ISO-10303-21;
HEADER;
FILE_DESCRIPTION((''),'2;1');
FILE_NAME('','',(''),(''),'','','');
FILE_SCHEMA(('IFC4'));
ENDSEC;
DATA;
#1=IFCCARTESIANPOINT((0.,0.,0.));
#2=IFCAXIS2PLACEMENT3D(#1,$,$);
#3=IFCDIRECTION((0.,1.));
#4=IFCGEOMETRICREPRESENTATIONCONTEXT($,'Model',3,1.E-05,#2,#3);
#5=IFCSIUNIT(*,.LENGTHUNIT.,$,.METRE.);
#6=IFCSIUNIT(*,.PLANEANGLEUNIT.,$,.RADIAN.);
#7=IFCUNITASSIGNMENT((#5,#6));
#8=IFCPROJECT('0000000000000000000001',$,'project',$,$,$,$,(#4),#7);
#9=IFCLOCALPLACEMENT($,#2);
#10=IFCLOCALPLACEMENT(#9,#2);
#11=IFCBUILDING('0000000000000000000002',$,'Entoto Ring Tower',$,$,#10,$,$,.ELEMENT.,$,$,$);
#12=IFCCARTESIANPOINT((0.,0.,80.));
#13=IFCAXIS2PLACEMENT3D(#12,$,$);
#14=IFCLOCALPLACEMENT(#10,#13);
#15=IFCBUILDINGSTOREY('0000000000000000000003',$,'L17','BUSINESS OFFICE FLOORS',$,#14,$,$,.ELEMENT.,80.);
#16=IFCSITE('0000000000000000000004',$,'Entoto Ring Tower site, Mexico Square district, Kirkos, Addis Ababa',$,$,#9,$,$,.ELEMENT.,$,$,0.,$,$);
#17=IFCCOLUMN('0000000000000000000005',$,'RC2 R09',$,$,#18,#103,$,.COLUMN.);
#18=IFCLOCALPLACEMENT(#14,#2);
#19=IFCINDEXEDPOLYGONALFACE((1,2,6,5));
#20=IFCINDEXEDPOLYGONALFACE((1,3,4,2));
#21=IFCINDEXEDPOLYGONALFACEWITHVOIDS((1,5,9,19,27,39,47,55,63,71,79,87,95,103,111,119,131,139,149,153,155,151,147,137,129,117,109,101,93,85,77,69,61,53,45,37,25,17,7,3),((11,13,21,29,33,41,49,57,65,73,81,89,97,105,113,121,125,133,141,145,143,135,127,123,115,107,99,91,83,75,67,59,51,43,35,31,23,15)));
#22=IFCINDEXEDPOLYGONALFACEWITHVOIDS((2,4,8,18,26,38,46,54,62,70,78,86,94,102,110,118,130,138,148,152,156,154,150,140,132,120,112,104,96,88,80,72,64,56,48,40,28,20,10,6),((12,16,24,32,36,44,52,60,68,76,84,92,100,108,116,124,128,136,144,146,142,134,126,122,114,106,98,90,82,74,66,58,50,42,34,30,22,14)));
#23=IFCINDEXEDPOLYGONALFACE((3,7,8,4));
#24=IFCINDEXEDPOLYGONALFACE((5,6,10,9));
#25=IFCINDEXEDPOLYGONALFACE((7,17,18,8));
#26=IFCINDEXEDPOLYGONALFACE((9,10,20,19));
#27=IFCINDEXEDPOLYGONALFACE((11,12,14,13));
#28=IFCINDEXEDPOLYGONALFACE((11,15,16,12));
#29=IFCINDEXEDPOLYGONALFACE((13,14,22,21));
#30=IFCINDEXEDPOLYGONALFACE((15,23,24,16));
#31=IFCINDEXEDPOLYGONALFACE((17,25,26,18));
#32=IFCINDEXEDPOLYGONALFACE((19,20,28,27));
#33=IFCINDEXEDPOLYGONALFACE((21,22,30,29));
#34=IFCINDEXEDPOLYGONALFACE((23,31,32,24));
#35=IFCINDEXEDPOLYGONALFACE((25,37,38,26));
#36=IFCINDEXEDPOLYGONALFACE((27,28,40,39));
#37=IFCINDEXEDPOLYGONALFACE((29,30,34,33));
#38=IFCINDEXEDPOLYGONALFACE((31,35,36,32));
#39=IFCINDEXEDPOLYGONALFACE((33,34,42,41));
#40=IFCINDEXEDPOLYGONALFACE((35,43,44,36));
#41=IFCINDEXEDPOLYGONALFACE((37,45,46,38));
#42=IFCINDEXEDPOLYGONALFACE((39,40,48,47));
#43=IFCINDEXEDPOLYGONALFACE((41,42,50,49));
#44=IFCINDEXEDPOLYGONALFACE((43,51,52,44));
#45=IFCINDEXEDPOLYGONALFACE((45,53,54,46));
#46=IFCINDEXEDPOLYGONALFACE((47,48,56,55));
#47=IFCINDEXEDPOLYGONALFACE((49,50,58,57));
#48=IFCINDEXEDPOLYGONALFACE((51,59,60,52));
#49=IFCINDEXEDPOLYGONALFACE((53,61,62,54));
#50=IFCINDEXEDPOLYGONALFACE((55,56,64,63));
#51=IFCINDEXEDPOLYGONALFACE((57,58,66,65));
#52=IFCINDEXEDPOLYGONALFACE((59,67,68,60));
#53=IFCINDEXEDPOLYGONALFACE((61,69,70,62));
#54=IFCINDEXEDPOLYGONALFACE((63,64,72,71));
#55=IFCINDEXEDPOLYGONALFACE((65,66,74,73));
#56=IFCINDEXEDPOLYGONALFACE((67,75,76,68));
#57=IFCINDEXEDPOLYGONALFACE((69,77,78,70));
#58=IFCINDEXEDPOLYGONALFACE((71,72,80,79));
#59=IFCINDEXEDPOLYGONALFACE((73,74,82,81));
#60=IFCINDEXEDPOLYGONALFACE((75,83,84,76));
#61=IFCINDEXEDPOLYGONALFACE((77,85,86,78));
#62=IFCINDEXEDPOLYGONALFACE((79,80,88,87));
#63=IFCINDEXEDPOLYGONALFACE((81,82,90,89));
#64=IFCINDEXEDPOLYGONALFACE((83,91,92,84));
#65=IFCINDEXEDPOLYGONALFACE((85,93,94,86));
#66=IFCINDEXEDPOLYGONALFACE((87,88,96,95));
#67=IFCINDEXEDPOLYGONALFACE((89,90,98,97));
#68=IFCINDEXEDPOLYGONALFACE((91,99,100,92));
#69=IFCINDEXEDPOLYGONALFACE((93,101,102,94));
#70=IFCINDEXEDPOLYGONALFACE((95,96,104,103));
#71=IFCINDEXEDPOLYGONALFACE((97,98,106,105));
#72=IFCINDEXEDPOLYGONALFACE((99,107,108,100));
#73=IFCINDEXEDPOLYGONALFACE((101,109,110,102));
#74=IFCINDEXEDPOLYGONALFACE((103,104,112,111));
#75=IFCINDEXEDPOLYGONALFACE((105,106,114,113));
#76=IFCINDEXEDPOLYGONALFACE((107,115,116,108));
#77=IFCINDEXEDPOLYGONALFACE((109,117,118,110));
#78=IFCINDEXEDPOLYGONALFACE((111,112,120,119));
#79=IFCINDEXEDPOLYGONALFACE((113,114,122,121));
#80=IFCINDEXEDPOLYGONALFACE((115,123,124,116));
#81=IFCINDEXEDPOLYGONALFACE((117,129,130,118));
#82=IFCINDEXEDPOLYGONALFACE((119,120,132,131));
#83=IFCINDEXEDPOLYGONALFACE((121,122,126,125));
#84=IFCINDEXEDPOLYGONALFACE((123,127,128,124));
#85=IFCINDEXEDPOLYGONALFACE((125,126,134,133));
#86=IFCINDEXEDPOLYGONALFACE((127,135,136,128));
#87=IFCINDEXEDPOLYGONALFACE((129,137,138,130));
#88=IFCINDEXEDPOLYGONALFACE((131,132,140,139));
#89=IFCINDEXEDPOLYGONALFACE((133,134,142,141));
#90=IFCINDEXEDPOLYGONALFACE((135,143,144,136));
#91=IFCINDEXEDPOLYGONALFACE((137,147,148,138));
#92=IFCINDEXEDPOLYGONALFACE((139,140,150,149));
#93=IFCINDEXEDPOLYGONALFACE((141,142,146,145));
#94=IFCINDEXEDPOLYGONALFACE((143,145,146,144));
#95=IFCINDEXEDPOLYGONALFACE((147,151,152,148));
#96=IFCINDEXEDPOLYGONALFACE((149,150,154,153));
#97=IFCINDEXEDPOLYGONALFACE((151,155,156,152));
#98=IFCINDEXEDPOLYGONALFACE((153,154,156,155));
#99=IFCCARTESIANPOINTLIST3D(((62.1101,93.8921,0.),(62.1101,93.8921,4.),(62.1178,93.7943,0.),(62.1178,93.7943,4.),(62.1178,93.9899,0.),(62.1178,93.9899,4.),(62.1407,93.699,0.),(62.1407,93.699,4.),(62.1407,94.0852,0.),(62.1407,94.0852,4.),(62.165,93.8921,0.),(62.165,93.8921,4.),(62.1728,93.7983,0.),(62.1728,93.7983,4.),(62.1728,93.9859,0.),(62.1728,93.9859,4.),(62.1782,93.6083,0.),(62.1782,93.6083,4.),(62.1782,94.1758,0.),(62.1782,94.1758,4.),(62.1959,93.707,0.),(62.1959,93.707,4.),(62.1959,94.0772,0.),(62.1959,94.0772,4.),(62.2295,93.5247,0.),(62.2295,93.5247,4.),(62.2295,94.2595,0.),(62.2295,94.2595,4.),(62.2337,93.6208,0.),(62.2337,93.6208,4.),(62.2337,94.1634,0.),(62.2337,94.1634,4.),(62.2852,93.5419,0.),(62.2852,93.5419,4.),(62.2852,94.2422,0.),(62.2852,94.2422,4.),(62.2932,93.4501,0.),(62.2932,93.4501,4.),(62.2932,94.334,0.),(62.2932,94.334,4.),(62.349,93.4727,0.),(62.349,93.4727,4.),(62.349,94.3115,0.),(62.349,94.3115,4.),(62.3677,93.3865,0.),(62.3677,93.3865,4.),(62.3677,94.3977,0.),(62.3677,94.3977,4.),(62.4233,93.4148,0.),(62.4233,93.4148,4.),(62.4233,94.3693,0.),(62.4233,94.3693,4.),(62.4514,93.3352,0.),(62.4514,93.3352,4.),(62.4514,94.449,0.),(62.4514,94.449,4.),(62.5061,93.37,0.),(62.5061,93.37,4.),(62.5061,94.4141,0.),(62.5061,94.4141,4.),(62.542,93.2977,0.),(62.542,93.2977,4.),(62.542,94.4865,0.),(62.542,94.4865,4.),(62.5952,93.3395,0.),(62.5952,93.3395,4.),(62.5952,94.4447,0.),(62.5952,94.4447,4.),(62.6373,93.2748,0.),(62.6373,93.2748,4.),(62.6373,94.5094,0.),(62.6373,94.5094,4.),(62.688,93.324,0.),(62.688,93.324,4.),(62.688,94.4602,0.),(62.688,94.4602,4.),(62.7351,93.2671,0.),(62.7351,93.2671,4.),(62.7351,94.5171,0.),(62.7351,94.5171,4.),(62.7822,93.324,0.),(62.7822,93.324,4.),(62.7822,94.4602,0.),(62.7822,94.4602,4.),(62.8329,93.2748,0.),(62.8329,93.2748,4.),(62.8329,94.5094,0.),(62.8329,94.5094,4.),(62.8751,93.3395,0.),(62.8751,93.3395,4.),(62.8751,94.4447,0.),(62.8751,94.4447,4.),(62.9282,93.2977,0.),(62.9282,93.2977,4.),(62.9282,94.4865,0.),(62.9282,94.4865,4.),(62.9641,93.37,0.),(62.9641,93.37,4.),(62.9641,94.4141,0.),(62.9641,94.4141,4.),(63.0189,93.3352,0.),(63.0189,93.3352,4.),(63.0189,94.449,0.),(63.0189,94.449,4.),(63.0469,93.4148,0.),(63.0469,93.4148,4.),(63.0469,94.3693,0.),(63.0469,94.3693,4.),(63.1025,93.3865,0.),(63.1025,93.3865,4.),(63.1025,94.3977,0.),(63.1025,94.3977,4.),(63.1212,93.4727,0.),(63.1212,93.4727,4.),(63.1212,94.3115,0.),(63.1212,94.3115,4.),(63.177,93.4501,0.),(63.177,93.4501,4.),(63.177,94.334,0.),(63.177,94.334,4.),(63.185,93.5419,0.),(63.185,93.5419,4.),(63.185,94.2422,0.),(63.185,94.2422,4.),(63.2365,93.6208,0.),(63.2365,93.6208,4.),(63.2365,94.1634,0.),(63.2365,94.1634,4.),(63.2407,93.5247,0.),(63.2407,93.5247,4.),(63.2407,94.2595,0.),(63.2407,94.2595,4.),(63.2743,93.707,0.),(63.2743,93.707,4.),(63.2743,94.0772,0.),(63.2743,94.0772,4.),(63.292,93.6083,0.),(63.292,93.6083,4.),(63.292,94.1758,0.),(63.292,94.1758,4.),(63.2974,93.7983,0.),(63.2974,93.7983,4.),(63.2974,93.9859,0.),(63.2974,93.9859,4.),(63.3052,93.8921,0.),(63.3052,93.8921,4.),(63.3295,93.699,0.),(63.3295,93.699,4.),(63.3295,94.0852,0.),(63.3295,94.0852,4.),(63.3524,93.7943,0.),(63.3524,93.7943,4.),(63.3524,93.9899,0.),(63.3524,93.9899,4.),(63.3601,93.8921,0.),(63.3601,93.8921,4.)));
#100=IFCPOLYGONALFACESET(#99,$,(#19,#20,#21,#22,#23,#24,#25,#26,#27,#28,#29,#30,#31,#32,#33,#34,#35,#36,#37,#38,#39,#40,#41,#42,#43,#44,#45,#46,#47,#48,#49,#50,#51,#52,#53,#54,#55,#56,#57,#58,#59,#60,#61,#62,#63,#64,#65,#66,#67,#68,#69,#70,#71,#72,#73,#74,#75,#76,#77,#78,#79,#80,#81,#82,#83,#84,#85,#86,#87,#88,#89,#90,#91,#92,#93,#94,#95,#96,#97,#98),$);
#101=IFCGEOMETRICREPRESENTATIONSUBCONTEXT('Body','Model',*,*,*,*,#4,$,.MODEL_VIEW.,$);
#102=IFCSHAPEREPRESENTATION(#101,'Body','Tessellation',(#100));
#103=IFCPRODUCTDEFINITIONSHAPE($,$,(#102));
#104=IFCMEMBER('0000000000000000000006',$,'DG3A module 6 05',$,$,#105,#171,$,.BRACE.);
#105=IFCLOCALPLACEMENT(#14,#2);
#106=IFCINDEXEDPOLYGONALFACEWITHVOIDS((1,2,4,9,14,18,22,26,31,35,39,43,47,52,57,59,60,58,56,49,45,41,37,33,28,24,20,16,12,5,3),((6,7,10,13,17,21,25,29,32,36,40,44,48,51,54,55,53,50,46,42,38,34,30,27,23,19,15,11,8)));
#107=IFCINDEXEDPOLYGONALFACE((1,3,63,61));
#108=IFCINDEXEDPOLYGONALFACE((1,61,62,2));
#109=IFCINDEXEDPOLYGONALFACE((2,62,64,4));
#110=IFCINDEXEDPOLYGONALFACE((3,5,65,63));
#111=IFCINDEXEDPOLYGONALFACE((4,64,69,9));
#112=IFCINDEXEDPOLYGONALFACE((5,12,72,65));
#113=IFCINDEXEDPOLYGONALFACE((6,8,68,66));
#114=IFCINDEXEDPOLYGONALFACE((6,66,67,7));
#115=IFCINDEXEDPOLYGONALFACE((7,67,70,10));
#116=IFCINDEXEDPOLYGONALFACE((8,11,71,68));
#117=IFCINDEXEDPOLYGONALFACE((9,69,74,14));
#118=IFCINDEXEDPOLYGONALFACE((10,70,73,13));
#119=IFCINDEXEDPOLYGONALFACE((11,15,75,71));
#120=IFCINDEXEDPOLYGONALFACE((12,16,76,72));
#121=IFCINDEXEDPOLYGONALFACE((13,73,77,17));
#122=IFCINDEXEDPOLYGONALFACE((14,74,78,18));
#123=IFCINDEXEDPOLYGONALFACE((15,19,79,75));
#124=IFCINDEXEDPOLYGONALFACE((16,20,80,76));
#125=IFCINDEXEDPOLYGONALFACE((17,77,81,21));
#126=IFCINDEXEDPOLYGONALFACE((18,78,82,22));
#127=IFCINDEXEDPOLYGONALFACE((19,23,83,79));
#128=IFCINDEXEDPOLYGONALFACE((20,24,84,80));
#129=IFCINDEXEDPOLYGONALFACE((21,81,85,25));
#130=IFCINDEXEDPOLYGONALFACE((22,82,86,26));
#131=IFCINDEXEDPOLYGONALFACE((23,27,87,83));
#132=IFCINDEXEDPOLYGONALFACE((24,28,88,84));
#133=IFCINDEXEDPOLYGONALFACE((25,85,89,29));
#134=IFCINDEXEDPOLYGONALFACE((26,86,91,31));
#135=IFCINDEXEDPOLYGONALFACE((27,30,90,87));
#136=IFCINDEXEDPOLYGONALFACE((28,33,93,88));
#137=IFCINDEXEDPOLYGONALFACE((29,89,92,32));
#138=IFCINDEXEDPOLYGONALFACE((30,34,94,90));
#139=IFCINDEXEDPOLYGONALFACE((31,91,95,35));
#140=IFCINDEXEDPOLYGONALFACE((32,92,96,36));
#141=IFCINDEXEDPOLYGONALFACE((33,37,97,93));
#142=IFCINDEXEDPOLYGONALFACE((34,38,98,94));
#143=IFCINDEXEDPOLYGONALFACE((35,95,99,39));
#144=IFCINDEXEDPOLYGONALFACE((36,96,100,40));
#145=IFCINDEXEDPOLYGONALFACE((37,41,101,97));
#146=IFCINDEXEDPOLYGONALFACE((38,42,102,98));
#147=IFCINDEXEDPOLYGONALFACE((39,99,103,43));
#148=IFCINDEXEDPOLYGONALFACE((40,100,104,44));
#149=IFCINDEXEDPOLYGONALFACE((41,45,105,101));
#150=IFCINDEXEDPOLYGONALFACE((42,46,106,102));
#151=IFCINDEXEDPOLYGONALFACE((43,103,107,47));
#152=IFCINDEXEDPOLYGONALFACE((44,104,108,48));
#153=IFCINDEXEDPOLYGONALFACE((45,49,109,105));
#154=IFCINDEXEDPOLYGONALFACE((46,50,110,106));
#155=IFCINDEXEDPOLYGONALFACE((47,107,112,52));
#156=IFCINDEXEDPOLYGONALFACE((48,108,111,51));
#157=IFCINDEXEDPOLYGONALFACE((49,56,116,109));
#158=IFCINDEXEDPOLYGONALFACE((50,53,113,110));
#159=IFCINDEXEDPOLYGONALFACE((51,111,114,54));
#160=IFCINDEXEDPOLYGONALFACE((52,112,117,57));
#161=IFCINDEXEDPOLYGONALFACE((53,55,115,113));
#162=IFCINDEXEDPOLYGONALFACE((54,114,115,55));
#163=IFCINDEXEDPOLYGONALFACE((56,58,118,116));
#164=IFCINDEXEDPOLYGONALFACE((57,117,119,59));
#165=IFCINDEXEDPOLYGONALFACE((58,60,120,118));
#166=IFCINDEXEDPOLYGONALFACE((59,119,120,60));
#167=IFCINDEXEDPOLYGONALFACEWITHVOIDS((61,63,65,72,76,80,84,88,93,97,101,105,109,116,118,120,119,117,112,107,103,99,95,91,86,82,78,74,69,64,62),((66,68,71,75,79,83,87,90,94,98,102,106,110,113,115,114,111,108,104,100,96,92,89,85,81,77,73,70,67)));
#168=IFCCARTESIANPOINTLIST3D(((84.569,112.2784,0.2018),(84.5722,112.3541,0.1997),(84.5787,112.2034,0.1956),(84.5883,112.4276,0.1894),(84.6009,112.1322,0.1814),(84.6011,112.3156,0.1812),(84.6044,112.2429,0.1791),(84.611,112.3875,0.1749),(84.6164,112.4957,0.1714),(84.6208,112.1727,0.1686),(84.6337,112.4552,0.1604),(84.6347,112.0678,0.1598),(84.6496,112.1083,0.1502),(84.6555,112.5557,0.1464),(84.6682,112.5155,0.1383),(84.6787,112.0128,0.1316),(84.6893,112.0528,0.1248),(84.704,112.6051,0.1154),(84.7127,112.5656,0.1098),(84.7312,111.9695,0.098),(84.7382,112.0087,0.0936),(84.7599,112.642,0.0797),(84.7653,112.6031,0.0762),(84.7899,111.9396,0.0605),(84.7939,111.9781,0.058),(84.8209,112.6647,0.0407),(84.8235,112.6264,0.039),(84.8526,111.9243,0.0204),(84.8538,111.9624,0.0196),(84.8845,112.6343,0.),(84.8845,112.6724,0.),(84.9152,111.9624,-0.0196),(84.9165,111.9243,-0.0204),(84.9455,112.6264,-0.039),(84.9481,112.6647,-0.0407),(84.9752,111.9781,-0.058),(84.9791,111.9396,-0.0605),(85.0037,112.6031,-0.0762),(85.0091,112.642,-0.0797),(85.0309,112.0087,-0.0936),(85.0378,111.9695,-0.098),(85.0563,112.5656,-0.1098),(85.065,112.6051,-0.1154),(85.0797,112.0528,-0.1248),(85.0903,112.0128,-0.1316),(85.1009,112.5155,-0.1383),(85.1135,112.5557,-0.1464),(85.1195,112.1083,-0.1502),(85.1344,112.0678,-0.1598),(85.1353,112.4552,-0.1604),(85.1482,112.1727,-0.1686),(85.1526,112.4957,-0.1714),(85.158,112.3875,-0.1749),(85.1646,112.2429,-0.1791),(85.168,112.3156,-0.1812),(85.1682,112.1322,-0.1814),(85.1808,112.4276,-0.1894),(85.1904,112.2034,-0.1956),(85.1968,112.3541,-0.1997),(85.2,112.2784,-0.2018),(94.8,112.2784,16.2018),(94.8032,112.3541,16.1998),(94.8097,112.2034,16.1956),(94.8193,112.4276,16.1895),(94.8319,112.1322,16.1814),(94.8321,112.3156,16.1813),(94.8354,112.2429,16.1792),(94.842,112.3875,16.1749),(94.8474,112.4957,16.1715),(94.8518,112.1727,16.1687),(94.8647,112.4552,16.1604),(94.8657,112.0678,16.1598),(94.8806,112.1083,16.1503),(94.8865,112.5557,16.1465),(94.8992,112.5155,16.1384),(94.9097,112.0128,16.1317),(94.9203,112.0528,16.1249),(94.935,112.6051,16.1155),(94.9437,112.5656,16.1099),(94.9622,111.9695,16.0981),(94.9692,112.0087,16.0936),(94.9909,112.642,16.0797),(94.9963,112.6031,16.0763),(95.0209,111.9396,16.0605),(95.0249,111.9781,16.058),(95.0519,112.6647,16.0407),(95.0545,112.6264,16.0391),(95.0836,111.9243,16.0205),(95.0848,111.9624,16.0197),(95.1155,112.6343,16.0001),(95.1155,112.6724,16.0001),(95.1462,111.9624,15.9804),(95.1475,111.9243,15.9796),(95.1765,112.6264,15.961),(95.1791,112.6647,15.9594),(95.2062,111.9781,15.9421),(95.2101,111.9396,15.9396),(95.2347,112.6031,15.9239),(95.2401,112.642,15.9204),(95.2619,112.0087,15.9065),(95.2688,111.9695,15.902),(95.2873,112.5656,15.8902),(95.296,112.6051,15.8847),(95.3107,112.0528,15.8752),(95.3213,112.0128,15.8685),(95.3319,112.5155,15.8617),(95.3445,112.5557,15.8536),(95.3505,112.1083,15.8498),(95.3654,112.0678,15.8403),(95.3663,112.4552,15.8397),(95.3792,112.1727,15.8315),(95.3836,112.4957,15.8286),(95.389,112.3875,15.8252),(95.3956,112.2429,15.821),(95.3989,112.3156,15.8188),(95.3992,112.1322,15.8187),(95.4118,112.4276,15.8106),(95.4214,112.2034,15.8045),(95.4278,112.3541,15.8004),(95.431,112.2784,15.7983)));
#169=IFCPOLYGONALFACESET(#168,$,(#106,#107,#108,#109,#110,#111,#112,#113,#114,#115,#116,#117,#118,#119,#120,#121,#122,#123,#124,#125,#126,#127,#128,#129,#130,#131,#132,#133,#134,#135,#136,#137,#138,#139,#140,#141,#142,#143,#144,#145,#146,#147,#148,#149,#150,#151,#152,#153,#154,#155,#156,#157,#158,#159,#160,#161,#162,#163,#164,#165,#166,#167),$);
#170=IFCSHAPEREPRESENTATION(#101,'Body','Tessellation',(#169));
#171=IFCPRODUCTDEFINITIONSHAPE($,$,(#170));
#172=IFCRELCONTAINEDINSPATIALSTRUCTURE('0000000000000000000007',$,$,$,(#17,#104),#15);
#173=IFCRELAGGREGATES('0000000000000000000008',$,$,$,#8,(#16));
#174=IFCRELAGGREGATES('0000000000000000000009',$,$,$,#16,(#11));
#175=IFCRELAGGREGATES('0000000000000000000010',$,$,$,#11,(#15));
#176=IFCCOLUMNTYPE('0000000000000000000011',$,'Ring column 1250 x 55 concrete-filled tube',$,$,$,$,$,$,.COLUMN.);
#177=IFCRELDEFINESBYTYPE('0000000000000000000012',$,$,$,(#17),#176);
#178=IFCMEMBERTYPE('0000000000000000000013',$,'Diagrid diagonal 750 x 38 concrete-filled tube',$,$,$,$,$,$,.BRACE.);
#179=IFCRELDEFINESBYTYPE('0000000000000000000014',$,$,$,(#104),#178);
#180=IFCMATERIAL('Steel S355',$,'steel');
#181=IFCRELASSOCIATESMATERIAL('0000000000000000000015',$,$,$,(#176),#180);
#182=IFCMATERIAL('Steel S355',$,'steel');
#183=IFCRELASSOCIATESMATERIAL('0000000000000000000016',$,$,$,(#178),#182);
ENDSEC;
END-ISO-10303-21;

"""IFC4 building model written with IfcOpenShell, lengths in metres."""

from ifc_helpers import new_model, si_unit, direction, frame, origin, origin_2d, place, context, subcontext, project, spatial, circle, hollow_circle, extrude, material, material_profile, profile_set, type_object, element, save


model = new_model("IFC4")

# Units and contexts
model_context = context("Model", 3, precision=1e-05, world=origin(), true_north=direction((0.0, 1.0)))
body_context = subcontext(model_context, "Body", "Model", "MODEL_VIEW")
ifc_project = project(units=[si_unit("LENGTHUNIT", "METRE"), si_unit("PLANEANGLEUNIT", "RADIAN")], contexts=[model_context])

# Site, building, storey
site_placement = place(None, origin())
site = spatial("IfcSite", under=ifc_project, at=site_placement, Name="Entoto Ring Tower site, Mexico Square district, Kirkos, Addis Ababa", CompositionType="ELEMENT", RefElevation=0.0)
building_placement = place(site_placement, origin())
building = spatial("IfcBuilding", under=site, at=building_placement, Name="Entoto Ring Tower", CompositionType="ELEMENT")
storey_placement = place(building_placement, frame((0.0, 0.0, 80.0)))
storey = spatial("IfcBuildingStorey", under=building, at=storey_placement, Name="L17", Description="BUSINESS OFFICE FLOORS", CompositionType="ELEMENT", Elevation=80.0)

# Column
ifc_material_1 = material(Name="Steel S355", Category="steel")
ifc_material_profile_1 = material_profile(ifc_material_1, hollow_circle(Radius=0.625, WallThickness=0.0549, at=origin_2d()), Name="CHS 1250 x 55")
ifc_material_2 = material(Name="Concrete C60/75", Category="concrete")
ifc_material_profile_2 = material_profile(ifc_material_2, circle(Radius=0.5701, at=origin_2d()), Name="Concrete C60/75 infill")
ifc_profile_set_1 = profile_set([ifc_material_profile_1, ifc_material_profile_2], Name="Steel S355")
column_type = type_object("IfcColumnType", Name="Ring column 1250 x 55 concrete-filled tube", PredefinedType="COLUMN", material=ifc_profile_set_1)
for number, where, z_axis, x_axis, name in (
    (1, (62.7351, 93.8921, 0.0), (0.0, 0.0, 1.0), (1.0, 0.0, 0.0), "RC2 R09"),
):
    element("IfcColumn", number, at=place(storey_placement, frame(where, z_axis=z_axis, x_axis=x_axis)), inside=storey, type_object=column_type, Name=name, PredefinedType="COLUMN", context=body_context, shape_type="SweptSolid", body=[
        extrude(hollow_circle(Radius=0.625, WallThickness=0.0549, at=origin_2d()), origin(), (0.0, 0.0, 1.0), 4.0),
    ])

# Member
ifc_material_3 = material(Name="Steel S355", Category="steel")
ifc_material_profile_3 = material_profile(ifc_material_3, hollow_circle(Radius=0.375, WallThickness=0.0381, at=origin_2d()), Name="CHS 750 x 38")
ifc_material_4 = material(Name="Concrete C60/75", Category="concrete")
ifc_material_profile_4 = material_profile(ifc_material_4, circle(Radius=0.3369, at=origin_2d()), Name="Concrete C60/75 infill")
ifc_profile_set_2 = profile_set([ifc_material_profile_3, ifc_material_profile_4], Name="Steel S355")
member_type_1 = type_object("IfcMemberType", Name="Diagrid diagonal 750 x 38 concrete-filled tube", PredefinedType="BRACE", material=ifc_profile_set_2)
member_1_placement = place(storey_placement, frame((84.8845, 112.2974, 0.0), z_axis=(0.538716, 0.0, 0.842488), x_axis=(0.0, 1.0, 0.0)))
element("IfcMember", 2, at=member_1_placement, inside=storey, type_object=member_type_1, Name="DG3A module 6 05", PredefinedType="BRACE", context=body_context, shape_type="SweptSolid", body=[
    extrude(hollow_circle(Radius=0.375, WallThickness=0.0381, at=origin_2d()), origin(), (0.0, 0.0, 1.0), 18.9915),
])

save(model, "model.ifc")
